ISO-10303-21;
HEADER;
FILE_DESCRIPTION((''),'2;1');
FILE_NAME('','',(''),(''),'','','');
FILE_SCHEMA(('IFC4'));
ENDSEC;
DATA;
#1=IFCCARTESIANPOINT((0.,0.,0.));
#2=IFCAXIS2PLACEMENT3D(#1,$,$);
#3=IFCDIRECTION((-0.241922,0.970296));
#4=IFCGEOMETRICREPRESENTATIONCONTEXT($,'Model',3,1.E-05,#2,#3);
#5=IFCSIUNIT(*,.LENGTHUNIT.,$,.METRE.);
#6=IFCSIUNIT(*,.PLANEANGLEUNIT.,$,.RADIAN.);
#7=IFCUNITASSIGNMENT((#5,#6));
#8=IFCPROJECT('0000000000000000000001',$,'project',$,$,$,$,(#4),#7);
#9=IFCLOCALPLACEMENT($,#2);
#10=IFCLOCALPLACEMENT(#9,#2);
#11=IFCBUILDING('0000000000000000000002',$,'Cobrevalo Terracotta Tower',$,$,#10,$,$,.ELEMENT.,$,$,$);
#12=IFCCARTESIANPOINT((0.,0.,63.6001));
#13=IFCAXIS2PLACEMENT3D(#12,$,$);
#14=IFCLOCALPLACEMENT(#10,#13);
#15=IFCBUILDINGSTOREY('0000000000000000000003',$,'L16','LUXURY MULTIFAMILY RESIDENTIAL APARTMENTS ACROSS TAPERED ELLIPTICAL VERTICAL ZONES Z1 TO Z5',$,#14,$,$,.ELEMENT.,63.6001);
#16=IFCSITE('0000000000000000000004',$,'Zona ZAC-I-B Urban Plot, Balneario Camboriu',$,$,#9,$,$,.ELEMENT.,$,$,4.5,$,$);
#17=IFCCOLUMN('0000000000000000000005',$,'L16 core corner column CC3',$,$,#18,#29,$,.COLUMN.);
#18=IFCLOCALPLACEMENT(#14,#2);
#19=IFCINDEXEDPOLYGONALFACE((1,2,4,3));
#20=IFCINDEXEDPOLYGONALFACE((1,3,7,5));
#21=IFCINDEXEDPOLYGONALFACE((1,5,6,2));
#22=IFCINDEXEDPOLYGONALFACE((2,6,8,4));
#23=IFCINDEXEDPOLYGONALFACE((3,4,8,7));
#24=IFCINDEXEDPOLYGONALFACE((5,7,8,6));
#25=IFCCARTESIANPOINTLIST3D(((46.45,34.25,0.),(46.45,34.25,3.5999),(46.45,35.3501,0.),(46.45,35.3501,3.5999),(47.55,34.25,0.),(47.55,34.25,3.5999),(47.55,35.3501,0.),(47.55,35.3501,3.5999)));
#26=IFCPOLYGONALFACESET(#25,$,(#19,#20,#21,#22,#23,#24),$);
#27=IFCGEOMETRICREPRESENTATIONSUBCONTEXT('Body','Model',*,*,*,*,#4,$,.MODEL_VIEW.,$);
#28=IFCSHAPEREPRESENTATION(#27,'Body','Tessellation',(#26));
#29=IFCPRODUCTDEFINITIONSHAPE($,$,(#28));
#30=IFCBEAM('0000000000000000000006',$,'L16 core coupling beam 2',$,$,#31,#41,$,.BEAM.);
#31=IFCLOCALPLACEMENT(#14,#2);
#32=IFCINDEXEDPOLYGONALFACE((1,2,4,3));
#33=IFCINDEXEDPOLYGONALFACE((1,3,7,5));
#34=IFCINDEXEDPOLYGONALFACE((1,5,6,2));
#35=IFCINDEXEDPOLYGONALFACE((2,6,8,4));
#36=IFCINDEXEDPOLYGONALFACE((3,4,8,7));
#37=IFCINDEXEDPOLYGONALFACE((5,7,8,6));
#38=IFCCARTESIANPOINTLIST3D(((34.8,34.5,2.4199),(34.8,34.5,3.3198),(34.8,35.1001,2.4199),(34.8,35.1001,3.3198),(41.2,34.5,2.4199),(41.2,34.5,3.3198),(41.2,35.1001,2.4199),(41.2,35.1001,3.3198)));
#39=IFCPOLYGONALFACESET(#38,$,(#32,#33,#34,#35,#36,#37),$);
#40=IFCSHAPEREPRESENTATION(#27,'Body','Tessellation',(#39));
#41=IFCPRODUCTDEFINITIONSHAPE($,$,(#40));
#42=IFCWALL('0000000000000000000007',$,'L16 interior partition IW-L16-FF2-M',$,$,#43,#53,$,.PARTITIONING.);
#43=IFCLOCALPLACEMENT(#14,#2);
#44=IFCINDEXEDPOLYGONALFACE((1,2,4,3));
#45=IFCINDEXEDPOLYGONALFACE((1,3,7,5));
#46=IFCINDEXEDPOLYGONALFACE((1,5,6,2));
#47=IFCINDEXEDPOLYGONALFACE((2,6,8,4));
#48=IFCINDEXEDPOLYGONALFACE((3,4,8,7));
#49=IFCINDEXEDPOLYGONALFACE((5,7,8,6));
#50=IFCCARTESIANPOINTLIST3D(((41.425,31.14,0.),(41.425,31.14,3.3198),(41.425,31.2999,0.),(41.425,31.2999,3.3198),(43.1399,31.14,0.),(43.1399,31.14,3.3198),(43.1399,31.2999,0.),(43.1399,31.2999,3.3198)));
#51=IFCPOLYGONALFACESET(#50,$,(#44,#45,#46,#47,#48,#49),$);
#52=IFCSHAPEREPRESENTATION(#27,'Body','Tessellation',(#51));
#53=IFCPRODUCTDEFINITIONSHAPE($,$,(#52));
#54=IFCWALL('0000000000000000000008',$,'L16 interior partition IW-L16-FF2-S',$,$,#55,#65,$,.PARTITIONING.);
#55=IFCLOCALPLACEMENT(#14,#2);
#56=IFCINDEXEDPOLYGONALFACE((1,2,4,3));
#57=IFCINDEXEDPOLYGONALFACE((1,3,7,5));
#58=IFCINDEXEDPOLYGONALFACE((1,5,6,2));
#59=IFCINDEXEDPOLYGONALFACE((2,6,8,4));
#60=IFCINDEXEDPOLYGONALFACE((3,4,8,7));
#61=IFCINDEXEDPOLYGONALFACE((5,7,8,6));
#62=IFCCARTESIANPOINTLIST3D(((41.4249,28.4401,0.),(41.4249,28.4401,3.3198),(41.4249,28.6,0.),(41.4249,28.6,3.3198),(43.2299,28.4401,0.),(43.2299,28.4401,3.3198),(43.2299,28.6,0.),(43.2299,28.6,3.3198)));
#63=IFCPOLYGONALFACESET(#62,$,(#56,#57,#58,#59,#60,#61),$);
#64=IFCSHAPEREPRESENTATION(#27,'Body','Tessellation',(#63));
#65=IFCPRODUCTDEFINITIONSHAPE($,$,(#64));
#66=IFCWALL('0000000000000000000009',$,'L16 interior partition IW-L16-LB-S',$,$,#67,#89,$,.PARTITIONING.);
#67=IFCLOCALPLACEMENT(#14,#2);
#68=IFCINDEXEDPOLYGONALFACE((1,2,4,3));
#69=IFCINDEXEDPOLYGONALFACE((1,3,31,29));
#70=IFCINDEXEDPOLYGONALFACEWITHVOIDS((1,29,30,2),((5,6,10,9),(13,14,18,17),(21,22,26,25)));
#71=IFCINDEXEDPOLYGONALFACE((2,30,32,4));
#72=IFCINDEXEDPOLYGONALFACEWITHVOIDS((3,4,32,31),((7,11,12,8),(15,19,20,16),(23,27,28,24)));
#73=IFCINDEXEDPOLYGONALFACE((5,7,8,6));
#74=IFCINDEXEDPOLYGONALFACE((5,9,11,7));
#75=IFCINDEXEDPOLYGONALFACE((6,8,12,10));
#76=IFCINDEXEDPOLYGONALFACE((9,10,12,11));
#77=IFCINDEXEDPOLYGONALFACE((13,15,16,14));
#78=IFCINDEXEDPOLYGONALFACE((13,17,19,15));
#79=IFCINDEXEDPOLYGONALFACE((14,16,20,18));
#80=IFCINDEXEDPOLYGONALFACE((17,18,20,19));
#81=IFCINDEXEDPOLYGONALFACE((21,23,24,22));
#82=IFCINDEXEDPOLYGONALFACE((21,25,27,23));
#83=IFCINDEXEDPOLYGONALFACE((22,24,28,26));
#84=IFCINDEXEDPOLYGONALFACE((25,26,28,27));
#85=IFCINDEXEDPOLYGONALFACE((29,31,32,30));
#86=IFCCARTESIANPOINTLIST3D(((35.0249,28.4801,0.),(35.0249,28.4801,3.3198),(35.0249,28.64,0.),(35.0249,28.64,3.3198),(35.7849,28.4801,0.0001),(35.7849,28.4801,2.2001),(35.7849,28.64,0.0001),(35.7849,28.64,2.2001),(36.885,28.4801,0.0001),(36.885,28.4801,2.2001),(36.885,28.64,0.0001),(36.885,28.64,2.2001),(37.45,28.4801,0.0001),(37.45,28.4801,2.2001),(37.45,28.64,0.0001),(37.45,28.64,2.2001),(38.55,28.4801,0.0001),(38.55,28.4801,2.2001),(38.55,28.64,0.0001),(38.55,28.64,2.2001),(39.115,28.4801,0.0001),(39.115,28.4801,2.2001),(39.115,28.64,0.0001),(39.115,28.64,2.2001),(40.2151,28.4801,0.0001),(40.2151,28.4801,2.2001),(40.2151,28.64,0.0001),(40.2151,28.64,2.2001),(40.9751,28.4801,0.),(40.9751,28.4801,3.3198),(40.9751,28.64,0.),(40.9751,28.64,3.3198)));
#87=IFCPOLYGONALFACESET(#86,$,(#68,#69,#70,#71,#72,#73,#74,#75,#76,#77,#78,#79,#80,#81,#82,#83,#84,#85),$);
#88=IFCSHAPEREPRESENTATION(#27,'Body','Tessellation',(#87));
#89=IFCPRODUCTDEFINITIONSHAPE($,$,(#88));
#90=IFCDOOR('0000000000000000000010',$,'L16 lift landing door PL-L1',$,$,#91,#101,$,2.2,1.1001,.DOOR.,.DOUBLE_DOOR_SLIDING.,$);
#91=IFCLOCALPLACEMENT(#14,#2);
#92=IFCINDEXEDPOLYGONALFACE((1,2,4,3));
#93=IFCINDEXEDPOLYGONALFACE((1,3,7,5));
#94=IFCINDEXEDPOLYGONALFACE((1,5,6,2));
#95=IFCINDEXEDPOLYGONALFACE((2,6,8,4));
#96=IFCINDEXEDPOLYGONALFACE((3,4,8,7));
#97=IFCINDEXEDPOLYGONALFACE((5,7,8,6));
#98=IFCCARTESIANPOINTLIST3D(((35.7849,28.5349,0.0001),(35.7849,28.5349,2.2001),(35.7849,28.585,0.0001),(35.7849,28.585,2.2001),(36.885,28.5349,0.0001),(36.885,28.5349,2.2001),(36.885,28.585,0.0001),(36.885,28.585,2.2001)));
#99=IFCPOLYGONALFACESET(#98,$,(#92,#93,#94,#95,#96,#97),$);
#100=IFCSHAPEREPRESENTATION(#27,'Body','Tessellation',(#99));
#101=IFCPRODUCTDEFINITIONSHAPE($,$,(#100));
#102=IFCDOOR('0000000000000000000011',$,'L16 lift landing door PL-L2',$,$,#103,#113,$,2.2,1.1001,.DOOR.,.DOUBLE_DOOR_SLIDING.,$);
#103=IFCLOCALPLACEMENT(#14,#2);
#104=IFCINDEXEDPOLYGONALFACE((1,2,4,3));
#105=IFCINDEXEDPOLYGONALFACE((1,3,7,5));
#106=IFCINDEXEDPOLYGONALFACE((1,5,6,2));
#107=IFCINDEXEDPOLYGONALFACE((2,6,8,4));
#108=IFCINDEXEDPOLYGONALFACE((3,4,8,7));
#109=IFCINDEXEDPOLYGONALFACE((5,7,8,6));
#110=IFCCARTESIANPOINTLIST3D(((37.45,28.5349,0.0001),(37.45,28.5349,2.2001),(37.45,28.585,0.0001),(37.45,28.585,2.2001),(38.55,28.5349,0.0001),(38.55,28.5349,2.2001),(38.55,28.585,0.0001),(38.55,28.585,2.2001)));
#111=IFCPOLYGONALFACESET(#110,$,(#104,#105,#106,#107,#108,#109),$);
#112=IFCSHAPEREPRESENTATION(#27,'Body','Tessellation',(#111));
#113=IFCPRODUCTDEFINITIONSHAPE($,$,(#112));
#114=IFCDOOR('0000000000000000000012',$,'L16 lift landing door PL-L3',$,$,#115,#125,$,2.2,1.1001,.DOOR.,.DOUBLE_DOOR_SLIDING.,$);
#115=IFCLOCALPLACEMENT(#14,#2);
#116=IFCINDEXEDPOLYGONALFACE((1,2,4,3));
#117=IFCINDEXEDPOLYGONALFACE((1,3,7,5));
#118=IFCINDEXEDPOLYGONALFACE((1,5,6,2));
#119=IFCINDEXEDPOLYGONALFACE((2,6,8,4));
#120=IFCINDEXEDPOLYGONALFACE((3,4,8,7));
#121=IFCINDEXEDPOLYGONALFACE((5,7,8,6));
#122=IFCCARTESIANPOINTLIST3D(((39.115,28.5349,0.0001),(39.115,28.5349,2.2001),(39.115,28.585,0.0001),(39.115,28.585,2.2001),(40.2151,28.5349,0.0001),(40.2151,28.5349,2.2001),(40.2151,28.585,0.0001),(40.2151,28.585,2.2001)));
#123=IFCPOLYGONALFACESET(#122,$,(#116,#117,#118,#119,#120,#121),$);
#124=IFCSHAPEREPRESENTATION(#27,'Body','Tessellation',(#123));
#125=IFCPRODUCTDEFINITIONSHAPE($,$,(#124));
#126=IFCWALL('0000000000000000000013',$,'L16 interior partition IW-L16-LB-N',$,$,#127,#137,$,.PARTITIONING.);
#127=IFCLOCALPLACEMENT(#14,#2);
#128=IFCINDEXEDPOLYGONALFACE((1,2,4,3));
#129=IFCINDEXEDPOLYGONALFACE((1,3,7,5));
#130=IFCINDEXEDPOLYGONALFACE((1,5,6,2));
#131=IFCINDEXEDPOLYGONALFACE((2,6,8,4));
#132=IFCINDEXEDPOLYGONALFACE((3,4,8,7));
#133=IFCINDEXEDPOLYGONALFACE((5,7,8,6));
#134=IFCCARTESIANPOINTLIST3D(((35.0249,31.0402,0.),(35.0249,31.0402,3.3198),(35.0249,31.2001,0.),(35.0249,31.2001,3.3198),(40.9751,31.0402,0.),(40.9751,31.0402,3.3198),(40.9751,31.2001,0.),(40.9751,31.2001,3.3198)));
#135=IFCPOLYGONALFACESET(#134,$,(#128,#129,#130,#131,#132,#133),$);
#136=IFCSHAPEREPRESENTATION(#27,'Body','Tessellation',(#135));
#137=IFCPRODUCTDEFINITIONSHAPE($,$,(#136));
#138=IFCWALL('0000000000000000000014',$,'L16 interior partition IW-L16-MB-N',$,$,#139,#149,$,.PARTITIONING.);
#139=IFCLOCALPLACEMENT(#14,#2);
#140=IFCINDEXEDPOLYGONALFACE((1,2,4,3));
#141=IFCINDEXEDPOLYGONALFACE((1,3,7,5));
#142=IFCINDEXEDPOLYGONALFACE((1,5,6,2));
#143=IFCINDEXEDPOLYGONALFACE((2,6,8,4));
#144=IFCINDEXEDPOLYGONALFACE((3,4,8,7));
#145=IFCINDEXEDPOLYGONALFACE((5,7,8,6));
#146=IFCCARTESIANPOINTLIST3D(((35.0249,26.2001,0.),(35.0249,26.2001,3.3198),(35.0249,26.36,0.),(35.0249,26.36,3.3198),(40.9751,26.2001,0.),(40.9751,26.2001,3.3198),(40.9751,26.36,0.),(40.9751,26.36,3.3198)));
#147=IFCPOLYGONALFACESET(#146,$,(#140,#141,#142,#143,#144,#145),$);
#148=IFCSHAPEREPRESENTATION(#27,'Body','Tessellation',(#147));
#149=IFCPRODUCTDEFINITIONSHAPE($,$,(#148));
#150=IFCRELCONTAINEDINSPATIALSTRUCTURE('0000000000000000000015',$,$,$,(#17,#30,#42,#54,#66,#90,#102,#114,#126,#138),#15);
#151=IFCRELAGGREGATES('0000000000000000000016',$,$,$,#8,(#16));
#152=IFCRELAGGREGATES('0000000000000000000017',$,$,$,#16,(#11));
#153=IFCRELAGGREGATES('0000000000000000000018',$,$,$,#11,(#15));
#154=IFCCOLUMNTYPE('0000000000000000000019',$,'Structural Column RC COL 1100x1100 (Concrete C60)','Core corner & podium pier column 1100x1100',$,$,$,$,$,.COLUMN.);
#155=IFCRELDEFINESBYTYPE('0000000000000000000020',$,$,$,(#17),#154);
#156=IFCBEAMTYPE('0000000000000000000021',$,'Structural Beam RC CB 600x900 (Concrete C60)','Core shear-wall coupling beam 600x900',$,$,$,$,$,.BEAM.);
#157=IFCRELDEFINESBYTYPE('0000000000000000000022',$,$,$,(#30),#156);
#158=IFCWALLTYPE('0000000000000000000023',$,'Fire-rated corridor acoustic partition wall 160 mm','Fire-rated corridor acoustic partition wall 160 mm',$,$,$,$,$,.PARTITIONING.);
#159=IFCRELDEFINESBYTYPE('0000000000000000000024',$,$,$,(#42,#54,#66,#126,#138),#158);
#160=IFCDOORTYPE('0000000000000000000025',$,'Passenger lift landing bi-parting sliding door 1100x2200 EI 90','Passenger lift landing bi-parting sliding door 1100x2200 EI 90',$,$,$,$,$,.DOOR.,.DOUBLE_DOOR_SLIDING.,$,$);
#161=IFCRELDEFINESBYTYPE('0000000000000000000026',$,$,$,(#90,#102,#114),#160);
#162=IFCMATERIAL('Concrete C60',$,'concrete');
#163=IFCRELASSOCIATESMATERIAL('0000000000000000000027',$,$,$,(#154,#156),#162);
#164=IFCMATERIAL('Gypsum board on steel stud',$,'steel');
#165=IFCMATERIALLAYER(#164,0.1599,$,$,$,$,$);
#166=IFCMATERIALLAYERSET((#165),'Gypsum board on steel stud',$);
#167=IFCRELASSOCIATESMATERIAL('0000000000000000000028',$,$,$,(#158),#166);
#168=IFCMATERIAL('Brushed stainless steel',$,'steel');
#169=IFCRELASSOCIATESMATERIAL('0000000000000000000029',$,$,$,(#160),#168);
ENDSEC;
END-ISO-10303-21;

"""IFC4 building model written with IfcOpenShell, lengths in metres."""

from ifc_helpers import new_model, si_unit, direction, frame, frame_2d, origin, origin_2d, place, context, subcontext, project, spatial, rectangle, extrude, source, transform, mapped, material, layer, layer_set, material_profile, profile_set, type_object, element, fill, save


model = new_model("IFC4")

# Units and contexts
model_context = context("Model", 3, precision=1e-05, world=origin(), true_north=direction((-0.241922, 0.970296)))
body_context = subcontext(model_context, "Body", "Model", "MODEL_VIEW")
ifc_project = project(units=[si_unit("LENGTHUNIT", "METRE"), si_unit("PLANEANGLEUNIT", "RADIAN")], contexts=[model_context])

# Site, building, storey
site_placement = place(None, origin())
site = spatial("IfcSite", under=ifc_project, at=site_placement, Name="Zona ZAC-I-B Urban Plot, Balneario Camboriu", CompositionType="ELEMENT", RefElevation=4.5)
building_placement = place(site_placement, origin())
building = spatial("IfcBuilding", under=site, at=building_placement, Name="Cobrevalo Terracotta Tower", CompositionType="ELEMENT")
storey_placement = place(building_placement, frame((0.0, 0.0, 63.6001)))
storey = spatial("IfcBuildingStorey", under=building, at=storey_placement, Name="L16", Description="LUXURY MULTIFAMILY RESIDENTIAL APARTMENTS ACROSS TAPERED ELLIPTICAL VERTICAL ZONES Z1 TO Z5", CompositionType="ELEMENT", Elevation=63.6001)

# Column
ifc_material_1 = material(Name="Concrete C60", Category="concrete")
ifc_material_profile_1 = material_profile(ifc_material_1, rectangle(XDim=1.1001, YDim=1.1001, at=origin_2d()), Name="RC COL 1100x1100")
ifc_profile_set_1 = profile_set([ifc_material_profile_1], Name="Concrete C60")
column_type = type_object("IfcColumnType", Name="Structural Column RC COL 1100x1100 (Concrete C60)", Description="Core corner & podium pier column 1100x1100", PredefinedType="COLUMN", material=ifc_profile_set_1)
column_placement = place(storey_placement, frame((47.0, 34.8, 0.0), z_axis=(0.0, 0.0, 1.0), x_axis=(1.0, 0.0, 0.0)))
element("IfcColumn", 1, at=column_placement, inside=storey, type_object=column_type, Name="L16 core corner column CC3", PredefinedType="COLUMN", context=body_context, shape_type="SweptSolid", body=[
    extrude(rectangle(XDim=1.1001, YDim=1.1001, at=origin_2d()), origin(), (0.0, 0.0, 1.0), 3.5999),
])

# Beam
ifc_material_profile_2 = material_profile(ifc_material_1, rectangle(XDim=0.6001, YDim=0.8999, at=origin_2d()), Name="RC CB 600x900")
ifc_profile_set_2 = profile_set([ifc_material_profile_2], Name="Concrete C60")
beam_type = type_object("IfcBeamType", Name="Structural Beam RC CB 600x900 (Concrete C60)", Description="Core shear-wall coupling beam 600x900", PredefinedType="BEAM", material=ifc_profile_set_2)
beam_placement = place(storey_placement, frame((34.8, 34.8, 2.8699), z_axis=(1.0, 0.0, 0.0), x_axis=(0.0, 1.0, 0.0)))
element("IfcBeam", 2, at=beam_placement, inside=storey, type_object=beam_type, Name="L16 core coupling beam 2", PredefinedType="BEAM", context=body_context, shape_type="SweptSolid", body=[
    extrude(rectangle(XDim=0.6001, YDim=0.8999, at=origin_2d()), origin(), (0.0, 0.0, 1.0), 6.3999),
])

# Walls
ifc_material_2 = material(Name="Gypsum board on steel stud", Category="steel")
ifc_layer_1 = layer(ifc_material_2, 0.1599)
ifc_layer_set_1 = layer_set([ifc_layer_1], Name="Gypsum board on steel stud")
wall_type_1 = type_object("IfcWallType", Name="Fire-rated corridor acoustic partition wall 160 mm", Description="Fire-rated corridor acoustic partition wall 160 mm", PredefinedType="PARTITIONING", material=ifc_layer_set_1)
wall_1_placement = place(storey_placement, frame((41.425, 31.22, 0.0), z_axis=(0.0, 0.0, 1.0), x_axis=(1.0, 0.0, 0.0)))
element("IfcWall", 3, at=wall_1_placement, inside=storey, type_object=wall_type_1, Name="L16 interior partition IW-L16-FF2-M", PredefinedType="PARTITIONING", context=body_context, shape_type="SweptSolid", body=[
    extrude(rectangle(XDim=1.7148, YDim=0.1599, at=frame_2d((0.8574, 0.0))), origin(), (0.0, 0.0, 1.0), 3.3198),
])
wall_2_placement = place(storey_placement, frame((41.425, 28.52, 0.0), z_axis=(0.0, 0.0, 1.0), x_axis=(1.0, 0.0, 0.0)))
element("IfcWall", 4, at=wall_2_placement, inside=storey, type_object=wall_type_1, Name="L16 interior partition IW-L16-FF2-S", PredefinedType="PARTITIONING", context=body_context, shape_type="SweptSolid", body=[
    extrude(rectangle(XDim=1.8049, YDim=0.1599, at=frame_2d((0.9023, 0.0))), origin(), (0.0, 0.0, 1.0), 3.3198),
])

# Wall, openings, doors
wall_3_placement = place(storey_placement, frame((35.0249, 28.5601, 0.0), z_axis=(0.0, 0.0, 1.0), x_axis=(1.0, 0.0, 0.0)))
wall_3 = element("IfcWall", 5, at=wall_3_placement, inside=storey, type_object=wall_type_1, Name="L16 interior partition IW-L16-LB-S", PredefinedType="PARTITIONING", context=body_context, shape_type="SweptSolid", body=[
    extrude(rectangle(XDim=5.9502, YDim=0.1599, at=frame_2d((2.9751, 0.0))), origin(), (0.0, 0.0, 1.0), 3.3198),
])
opening_1_placement = place(wall_3_placement, frame((0.76, 0.0, 0.0)))
opening_1 = element("IfcOpeningElement", 6, at=opening_1_placement, cuts=wall_3, PredefinedType="OPENING", context=body_context, shape_type="SweptSolid", body=[
    extrude(rectangle(XDim=1.1001, YDim=2.2, at=frame_2d((0.55, 1.1001))), frame((0.0, 0.0898, 0.0), z_axis=(0.0, -1.0, 0.0), x_axis=(1.0, 0.0, 0.0)), (0.0, 0.0, 1.0), 0.1799),
])
opening_2_placement = place(wall_3_placement, frame((2.425, 0.0, 0.0)))
opening_2 = element("IfcOpeningElement", 7, at=opening_2_placement, cuts=wall_3, PredefinedType="OPENING", context=body_context, shape_type="SweptSolid", body=[
    extrude(rectangle(XDim=1.1001, YDim=2.2, at=frame_2d((0.55, 1.1001))), frame((0.0, 0.0898, 0.0), z_axis=(0.0, -1.0, 0.0), x_axis=(1.0, 0.0, 0.0)), (0.0, 0.0, 1.0), 0.1799),
])
opening_3_placement = place(wall_3_placement, frame((4.0901, 0.0, 0.0)))
opening_3 = element("IfcOpeningElement", 8, at=opening_3_placement, cuts=wall_3, PredefinedType="OPENING", context=body_context, shape_type="SweptSolid", body=[
    extrude(rectangle(XDim=1.1001, YDim=2.2, at=frame_2d((0.55, 1.1001))), frame((0.0, 0.0898, 0.0), z_axis=(0.0, -1.0, 0.0), x_axis=(1.0, 0.0, 0.0)), (0.0, 0.0, 1.0), 0.1799),
])
ifc_material_3 = material(Name="Brushed stainless steel", Category="steel")
door_type_1 = type_object("IfcDoorType", Name="Passenger lift landing bi-parting sliding door 1100x2200 EI 90", Description="Passenger lift landing bi-parting sliding door 1100x2200 EI 90", OperationType="DOUBLE_DOOR_SLIDING", PredefinedType="DOOR", material=ifc_material_3)
shared_shape_1 = source(origin(), body_context, "Body", "SweptSolid", [
    extrude(rectangle(XDim=1.1001, YDim=2.2, at=frame_2d((0.55, 1.1001))), frame((0.0, 0.0249, 0.0), z_axis=(0.0, -1.0, 0.0), x_axis=(1.0, 0.0, 0.0)), (0.0, 0.0, 1.0), 0.05),
])
door_1_placement = place(opening_1_placement, origin())
door_1 = element("IfcDoor", 9, at=door_1_placement, inside=storey, type_object=door_type_1, Name="L16 lift landing door PL-L1", OperationType="DOUBLE_DOOR_SLIDING", OverallHeight=2.2, OverallWidth=1.1001, PredefinedType="DOOR", context=body_context, shape_type="MappedRepresentation", body=[
    mapped(shared_shape_1, transform((0.0, 0.0, 0.0), scale=1.0)),
])
fill(opening_1, door_1)
door_2_placement = place(opening_2_placement, origin())
door_2 = element("IfcDoor", 10, at=door_2_placement, inside=storey, type_object=door_type_1, Name="L16 lift landing door PL-L2", OperationType="DOUBLE_DOOR_SLIDING", OverallHeight=2.2, OverallWidth=1.1001, PredefinedType="DOOR", context=body_context, shape_type="MappedRepresentation", body=[
    mapped(shared_shape_1, transform((0.0, 0.0, 0.0), scale=1.0)),
])
fill(opening_2, door_2)
door_3_placement = place(opening_3_placement, origin())
door_3 = element("IfcDoor", 11, at=door_3_placement, inside=storey, type_object=door_type_1, Name="L16 lift landing door PL-L3", OperationType="DOUBLE_DOOR_SLIDING", OverallHeight=2.2, OverallWidth=1.1001, PredefinedType="DOOR", context=body_context, shape_type="MappedRepresentation", body=[
    mapped(shared_shape_1, transform((0.0, 0.0, 0.0), scale=1.0)),
])
fill(opening_3, door_3)

# Walls
for number, where, z_axis, x_axis, name in (
    (12, (35.0249, 31.1201, 0.0), (0.0, 0.0, 1.0), (1.0, 0.0, 0.0), "L16 interior partition IW-L16-LB-N"),
    (13, (35.0249, 26.28, 0.0), (0.0, 0.0, 1.0), (1.0, 0.0, 0.0), "L16 interior partition IW-L16-MB-N"),
):
    element("IfcWall", number, at=place(storey_placement, frame(where, z_axis=z_axis, x_axis=x_axis)), inside=storey, type_object=wall_type_1, Name=name, PredefinedType="PARTITIONING", context=body_context, shape_type="SweptSolid", body=[
        extrude(rectangle(XDim=5.9502, YDim=0.1599, at=frame_2d((2.9751, 0.0))), origin(), (0.0, 0.0, 1.0), 3.3198),
    ])

save(model, "model.ifc")
